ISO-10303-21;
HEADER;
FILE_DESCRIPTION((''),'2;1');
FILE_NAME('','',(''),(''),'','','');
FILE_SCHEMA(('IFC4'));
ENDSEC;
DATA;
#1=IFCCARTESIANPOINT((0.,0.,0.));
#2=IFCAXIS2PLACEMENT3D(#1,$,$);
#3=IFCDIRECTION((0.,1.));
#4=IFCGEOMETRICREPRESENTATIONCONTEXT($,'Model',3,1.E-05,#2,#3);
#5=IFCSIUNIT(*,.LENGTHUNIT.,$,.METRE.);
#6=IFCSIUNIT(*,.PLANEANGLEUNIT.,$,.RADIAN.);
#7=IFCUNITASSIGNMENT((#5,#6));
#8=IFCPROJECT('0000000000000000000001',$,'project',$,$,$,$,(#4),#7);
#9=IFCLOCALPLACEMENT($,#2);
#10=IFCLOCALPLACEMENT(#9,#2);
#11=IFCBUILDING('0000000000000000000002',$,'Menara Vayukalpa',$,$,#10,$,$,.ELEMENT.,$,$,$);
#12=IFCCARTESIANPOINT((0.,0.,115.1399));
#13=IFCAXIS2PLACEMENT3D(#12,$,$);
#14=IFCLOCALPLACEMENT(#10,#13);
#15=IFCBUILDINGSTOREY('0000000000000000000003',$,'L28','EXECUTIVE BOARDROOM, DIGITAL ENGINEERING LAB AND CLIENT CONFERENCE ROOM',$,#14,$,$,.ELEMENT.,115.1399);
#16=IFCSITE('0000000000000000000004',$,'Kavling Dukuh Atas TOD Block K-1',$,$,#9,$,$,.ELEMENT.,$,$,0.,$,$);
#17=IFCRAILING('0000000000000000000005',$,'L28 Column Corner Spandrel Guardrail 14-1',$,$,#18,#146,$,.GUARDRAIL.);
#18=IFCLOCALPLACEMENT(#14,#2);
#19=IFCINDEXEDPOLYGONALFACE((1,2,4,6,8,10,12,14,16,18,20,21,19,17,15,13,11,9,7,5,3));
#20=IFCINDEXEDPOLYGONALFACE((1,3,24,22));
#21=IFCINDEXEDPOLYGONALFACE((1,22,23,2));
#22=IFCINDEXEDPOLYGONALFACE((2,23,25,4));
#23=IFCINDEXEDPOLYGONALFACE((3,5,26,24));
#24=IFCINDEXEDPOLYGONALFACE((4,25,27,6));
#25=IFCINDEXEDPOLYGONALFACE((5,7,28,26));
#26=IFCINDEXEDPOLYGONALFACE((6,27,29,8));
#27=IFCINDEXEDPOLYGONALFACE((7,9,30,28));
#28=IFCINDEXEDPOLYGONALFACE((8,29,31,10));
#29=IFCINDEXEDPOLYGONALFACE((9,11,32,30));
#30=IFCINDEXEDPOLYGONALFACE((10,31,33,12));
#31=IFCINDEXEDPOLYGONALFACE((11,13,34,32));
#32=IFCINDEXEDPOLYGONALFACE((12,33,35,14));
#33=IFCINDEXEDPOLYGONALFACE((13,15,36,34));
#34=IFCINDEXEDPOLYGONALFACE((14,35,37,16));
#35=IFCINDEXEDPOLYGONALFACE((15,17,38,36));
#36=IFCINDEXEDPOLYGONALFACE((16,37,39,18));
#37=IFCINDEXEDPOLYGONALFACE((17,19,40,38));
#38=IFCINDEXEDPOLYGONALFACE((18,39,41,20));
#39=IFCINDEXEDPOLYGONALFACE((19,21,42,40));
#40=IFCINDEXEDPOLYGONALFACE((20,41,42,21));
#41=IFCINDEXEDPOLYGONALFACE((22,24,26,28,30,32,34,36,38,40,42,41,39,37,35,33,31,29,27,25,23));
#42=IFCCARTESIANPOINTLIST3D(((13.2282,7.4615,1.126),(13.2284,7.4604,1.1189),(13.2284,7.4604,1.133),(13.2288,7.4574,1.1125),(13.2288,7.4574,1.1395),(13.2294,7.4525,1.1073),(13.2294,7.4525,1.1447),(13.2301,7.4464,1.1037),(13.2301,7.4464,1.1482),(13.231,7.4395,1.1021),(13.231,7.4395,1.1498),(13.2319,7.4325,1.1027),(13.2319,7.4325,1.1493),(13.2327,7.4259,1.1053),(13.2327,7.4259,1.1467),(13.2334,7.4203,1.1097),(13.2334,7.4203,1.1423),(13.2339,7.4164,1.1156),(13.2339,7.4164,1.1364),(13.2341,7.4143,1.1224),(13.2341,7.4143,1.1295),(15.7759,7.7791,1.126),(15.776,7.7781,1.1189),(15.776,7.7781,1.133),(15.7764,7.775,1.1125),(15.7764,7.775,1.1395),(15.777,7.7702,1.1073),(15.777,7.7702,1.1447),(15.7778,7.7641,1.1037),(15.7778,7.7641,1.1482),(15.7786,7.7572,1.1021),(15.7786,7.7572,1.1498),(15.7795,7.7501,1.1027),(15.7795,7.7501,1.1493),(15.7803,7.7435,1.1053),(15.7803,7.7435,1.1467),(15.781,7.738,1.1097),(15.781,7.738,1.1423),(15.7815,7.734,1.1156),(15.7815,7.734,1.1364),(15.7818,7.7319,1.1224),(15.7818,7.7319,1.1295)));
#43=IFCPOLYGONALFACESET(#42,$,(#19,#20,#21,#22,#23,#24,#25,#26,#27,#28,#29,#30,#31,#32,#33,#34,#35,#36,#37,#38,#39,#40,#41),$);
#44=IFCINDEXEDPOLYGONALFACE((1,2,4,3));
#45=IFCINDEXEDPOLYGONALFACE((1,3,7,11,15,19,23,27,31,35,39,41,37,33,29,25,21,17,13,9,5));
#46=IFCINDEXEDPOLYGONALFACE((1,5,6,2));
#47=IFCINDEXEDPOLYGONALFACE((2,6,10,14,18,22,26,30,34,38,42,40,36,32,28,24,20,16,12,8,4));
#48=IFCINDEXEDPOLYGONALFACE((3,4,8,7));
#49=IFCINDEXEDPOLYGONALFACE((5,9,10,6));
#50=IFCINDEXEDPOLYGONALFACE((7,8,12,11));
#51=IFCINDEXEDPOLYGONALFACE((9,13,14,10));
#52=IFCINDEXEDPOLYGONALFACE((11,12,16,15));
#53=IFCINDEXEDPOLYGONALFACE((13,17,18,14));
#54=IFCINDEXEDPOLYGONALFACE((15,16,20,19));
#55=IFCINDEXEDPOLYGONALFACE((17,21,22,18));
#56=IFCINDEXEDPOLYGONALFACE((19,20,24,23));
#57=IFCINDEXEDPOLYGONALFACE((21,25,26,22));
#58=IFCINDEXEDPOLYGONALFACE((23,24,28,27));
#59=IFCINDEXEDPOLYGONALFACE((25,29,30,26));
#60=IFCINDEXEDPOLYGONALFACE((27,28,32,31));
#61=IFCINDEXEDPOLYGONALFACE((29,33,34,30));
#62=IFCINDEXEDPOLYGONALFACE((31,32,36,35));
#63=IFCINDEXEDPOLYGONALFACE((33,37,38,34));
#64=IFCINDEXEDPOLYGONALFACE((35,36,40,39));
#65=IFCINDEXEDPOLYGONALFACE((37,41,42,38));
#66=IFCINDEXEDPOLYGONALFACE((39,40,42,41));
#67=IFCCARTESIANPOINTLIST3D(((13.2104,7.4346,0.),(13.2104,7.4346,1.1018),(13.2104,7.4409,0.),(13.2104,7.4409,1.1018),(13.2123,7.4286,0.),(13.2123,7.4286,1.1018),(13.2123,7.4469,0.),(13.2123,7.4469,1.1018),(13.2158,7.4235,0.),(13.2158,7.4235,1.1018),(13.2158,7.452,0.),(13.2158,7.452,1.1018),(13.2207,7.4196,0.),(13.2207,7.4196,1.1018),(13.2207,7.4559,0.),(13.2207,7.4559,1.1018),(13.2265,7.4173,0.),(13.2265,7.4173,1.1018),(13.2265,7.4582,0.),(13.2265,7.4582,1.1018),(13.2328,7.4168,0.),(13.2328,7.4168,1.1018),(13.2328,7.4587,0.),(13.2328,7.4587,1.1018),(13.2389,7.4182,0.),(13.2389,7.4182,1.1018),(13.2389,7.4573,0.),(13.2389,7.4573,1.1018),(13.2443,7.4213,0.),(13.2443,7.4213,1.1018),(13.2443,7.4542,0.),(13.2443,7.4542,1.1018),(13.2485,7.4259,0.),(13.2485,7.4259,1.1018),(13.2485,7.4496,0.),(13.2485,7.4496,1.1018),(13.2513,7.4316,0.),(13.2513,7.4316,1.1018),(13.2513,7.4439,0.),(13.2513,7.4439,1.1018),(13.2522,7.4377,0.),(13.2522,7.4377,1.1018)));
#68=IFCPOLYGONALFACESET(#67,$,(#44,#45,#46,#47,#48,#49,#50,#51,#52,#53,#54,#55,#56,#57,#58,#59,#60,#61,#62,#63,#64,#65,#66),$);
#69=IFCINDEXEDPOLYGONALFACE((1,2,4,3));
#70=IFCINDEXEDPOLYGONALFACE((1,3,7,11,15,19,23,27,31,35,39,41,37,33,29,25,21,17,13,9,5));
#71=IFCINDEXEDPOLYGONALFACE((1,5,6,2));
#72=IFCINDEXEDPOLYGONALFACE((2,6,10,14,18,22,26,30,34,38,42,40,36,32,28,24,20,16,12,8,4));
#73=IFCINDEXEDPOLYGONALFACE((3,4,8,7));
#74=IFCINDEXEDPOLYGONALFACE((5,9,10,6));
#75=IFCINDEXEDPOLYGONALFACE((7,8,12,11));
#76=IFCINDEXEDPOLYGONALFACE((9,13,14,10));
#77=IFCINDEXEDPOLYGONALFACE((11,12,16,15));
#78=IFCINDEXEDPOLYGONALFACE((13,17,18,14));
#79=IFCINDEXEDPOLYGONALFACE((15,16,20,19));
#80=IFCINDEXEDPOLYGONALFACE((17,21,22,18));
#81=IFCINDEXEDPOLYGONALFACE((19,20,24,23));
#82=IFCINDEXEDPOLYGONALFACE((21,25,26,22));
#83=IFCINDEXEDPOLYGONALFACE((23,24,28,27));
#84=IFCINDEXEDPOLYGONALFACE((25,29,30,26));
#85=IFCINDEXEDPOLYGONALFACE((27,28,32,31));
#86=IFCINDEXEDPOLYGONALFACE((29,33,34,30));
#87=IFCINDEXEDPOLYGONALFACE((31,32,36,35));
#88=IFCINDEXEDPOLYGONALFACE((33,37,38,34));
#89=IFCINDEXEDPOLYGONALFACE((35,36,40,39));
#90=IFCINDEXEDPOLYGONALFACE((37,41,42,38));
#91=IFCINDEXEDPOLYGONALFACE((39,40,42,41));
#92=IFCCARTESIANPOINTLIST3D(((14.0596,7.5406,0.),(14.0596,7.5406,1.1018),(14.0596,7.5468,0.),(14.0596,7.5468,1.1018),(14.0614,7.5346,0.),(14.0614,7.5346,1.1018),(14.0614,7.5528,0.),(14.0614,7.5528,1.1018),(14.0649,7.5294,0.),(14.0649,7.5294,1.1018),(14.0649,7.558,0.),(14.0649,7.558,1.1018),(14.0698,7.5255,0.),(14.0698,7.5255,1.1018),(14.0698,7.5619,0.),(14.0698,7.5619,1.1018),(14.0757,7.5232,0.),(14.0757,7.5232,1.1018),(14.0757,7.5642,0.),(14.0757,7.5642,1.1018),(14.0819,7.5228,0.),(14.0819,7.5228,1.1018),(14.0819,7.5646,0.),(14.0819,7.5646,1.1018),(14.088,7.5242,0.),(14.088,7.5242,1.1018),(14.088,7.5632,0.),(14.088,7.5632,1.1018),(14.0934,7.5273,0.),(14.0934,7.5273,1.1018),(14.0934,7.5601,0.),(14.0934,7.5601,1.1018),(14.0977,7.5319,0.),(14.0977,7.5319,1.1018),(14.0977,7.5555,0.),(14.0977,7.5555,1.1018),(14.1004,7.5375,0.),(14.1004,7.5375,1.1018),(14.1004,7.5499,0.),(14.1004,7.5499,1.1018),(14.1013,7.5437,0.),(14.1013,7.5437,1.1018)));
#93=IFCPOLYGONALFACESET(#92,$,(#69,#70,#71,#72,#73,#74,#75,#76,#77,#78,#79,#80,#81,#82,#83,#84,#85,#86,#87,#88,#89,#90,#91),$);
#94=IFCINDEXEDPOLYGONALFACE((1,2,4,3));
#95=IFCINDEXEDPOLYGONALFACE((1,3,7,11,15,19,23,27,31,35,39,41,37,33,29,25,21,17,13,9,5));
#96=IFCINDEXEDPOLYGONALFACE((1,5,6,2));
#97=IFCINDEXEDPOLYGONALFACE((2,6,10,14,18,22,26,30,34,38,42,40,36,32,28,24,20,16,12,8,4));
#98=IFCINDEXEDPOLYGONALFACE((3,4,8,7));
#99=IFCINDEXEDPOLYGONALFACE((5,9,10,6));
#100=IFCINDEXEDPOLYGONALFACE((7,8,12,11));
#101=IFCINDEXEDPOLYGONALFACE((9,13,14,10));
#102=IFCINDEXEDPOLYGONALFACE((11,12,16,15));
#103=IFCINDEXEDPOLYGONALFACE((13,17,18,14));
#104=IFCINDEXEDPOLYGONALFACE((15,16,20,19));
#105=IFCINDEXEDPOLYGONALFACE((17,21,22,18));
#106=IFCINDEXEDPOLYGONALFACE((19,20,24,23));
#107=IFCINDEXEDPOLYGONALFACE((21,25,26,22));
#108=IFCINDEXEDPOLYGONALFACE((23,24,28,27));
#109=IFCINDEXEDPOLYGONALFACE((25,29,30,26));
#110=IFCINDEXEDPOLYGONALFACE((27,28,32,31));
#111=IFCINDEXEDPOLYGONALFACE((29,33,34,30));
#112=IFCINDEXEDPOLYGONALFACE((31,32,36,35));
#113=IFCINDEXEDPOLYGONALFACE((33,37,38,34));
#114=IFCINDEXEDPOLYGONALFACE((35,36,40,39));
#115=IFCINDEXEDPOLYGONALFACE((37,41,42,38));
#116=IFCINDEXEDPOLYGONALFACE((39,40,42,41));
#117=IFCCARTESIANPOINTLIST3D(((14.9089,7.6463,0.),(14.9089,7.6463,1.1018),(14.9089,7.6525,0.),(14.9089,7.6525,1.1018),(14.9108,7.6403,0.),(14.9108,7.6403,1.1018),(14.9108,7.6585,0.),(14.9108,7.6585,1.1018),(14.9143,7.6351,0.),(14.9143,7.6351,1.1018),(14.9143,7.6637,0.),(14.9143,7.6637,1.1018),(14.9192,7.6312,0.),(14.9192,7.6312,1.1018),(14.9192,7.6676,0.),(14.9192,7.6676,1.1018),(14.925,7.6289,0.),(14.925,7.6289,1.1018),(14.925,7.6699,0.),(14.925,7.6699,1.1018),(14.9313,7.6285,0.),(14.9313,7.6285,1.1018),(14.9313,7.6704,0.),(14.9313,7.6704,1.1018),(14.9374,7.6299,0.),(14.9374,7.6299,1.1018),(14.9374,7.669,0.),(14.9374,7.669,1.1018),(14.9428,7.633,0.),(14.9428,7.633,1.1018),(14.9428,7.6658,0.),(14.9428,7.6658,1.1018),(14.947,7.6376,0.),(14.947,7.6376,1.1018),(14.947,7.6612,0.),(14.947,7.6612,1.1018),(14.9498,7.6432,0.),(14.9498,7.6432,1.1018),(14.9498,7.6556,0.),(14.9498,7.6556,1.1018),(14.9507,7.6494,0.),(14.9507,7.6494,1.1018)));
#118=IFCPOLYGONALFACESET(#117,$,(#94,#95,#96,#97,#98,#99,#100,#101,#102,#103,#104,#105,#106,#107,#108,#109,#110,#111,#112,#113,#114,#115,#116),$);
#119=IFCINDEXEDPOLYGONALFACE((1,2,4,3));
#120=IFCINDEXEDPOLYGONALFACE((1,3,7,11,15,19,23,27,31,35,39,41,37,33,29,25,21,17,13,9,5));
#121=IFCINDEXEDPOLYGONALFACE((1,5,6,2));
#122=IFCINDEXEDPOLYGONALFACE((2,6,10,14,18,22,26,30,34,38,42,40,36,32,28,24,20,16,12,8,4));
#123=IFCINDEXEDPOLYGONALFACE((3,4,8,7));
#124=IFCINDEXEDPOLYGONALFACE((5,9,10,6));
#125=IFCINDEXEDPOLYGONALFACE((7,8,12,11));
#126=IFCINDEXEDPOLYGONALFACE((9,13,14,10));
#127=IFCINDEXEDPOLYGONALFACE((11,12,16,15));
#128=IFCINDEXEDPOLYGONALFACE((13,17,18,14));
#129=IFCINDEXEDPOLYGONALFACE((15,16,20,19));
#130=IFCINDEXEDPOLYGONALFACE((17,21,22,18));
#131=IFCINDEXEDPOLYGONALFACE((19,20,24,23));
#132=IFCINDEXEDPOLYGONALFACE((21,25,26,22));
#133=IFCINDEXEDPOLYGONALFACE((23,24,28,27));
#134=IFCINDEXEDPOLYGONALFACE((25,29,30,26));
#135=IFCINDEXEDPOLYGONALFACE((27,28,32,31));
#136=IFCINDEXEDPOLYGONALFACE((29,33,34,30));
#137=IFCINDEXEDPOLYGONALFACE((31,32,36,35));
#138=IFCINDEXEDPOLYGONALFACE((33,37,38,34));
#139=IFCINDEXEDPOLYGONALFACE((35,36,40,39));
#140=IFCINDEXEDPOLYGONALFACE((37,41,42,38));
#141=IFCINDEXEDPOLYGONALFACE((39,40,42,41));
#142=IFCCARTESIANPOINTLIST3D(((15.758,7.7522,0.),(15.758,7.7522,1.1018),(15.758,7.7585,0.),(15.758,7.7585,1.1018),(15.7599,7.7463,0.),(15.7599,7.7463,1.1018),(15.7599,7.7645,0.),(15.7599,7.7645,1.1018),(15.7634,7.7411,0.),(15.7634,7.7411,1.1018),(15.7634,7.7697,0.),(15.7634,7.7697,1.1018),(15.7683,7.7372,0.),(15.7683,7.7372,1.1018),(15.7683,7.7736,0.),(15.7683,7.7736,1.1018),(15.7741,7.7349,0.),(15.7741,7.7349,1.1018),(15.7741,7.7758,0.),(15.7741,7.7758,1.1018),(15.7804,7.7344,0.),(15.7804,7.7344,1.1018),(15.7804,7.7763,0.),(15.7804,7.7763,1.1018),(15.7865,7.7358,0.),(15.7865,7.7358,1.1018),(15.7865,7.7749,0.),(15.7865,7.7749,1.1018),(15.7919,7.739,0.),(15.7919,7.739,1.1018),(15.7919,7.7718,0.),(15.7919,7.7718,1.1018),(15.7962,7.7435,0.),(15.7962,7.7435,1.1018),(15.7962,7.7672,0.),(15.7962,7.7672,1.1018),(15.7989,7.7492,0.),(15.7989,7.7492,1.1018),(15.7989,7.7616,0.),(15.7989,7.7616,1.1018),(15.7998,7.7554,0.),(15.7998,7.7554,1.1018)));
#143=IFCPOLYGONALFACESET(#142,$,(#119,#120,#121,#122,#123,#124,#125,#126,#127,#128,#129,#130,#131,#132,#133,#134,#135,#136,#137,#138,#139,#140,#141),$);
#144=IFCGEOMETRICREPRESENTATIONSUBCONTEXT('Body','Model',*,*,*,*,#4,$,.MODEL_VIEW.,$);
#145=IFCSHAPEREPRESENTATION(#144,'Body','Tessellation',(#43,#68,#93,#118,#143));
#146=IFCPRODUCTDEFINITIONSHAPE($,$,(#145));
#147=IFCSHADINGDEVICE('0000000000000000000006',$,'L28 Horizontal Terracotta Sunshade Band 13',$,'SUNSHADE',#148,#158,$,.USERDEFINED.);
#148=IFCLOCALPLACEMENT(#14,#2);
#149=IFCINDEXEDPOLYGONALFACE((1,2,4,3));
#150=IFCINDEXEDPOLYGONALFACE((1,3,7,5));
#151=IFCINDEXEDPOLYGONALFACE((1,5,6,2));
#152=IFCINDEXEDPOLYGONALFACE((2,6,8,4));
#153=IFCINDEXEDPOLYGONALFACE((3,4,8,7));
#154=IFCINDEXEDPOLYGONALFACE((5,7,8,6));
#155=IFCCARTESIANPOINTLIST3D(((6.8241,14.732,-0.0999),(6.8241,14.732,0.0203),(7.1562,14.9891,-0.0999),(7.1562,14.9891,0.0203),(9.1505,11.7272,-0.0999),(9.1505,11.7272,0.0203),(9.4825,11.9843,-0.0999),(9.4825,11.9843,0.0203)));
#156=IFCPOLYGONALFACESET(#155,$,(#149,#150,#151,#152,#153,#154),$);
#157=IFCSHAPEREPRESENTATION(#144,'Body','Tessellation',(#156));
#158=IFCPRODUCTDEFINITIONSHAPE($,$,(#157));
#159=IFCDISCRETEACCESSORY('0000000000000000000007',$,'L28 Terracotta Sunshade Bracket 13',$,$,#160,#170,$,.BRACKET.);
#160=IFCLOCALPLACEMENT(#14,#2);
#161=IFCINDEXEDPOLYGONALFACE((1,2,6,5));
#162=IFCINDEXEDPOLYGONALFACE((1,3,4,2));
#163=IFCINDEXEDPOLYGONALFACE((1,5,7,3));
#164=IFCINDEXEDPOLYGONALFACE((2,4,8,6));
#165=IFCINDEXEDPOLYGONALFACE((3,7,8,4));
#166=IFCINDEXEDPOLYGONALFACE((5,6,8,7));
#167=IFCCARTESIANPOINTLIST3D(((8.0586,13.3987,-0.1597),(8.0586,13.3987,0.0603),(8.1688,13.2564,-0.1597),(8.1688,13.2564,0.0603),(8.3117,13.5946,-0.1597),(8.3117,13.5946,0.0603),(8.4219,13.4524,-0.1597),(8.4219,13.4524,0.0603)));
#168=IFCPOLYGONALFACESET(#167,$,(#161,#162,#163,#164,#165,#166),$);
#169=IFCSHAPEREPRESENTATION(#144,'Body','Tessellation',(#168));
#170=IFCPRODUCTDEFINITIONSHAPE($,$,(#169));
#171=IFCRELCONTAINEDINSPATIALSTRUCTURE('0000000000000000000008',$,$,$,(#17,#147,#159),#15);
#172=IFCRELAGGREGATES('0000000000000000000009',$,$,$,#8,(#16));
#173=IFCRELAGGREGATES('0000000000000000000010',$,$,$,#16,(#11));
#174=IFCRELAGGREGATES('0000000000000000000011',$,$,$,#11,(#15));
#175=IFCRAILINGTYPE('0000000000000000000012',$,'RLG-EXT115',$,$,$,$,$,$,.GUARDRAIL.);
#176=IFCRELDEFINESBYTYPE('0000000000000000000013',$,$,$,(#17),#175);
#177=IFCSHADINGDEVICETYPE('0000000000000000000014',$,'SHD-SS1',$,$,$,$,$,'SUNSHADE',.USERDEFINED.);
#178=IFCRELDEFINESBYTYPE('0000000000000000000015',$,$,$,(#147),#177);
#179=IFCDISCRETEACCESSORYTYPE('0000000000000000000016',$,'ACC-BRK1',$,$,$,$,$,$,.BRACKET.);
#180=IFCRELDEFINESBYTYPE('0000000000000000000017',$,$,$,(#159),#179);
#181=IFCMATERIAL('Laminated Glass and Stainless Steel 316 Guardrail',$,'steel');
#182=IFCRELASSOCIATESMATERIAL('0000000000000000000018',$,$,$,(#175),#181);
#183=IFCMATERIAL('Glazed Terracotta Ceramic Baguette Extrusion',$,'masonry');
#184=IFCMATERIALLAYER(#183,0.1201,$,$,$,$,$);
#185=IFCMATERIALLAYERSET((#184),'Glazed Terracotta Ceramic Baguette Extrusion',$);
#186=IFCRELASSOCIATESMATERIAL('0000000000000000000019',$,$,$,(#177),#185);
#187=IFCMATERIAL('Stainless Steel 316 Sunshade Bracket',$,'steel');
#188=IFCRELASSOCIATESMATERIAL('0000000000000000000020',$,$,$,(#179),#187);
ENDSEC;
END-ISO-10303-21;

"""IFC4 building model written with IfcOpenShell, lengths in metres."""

from ifc_helpers import new_model, si_unit, direction, frame, origin, origin_2d, place, context, subcontext, project, spatial, rectangle, circle, extrude, material, layer, layer_set, type_object, element, save


model = new_model("IFC4")

# Units and contexts
model_context = context("Model", 3, precision=1e-05, world=origin(), true_north=direction((0.0, 1.0)))
body_context = subcontext(model_context, "Body", "Model", "MODEL_VIEW")
ifc_project = project(units=[si_unit("LENGTHUNIT", "METRE"), si_unit("PLANEANGLEUNIT", "RADIAN")], contexts=[model_context])

# Site, building, storey
site_placement = place(None, origin())
site = spatial("IfcSite", under=ifc_project, at=site_placement, Name="Kavling Dukuh Atas TOD Block K-1", CompositionType="ELEMENT", RefElevation=0.0)
building_placement = place(site_placement, origin())
building = spatial("IfcBuilding", under=site, at=building_placement, Name="Menara Vayukalpa", CompositionType="ELEMENT")
storey_placement = place(building_placement, frame((0.0, 0.0, 115.1399)))
storey = spatial("IfcBuildingStorey", under=building, at=storey_placement, Name="L28", Description="EXECUTIVE BOARDROOM, DIGITAL ENGINEERING LAB AND CLIENT CONFERENCE ROOM", CompositionType="ELEMENT", Elevation=115.1399)

# Railing
ifc_material_1 = material(Name="Laminated Glass and Stainless Steel 316 Guardrail", Category="steel")
railing_type = type_object("IfcRailingType", Name="RLG-EXT115", PredefinedType="GUARDRAIL", material=ifc_material_1)
railing_placement = place(storey_placement, frame((13.2312, 7.4377, 0.0)))
element("IfcRailing", 1, at=railing_placement, inside=storey, type_object=railing_type, Name="L28 Column Corner Spandrel Guardrail 14-1", PredefinedType="GUARDRAIL", context=body_context, shape_type="SweptSolid", body=[
    extrude(circle(Radius=0.0239, at=origin_2d()), frame((0.0, 0.0, 1.126), z_axis=(0.992317, 0.123719, 0.0), x_axis=(-0.123719, 0.992317, 0.0)), (0.0, 0.0, 1.0), 2.5674),
    extrude(circle(Radius=0.021, at=origin_2d()), origin(), (0.0, 0.0, 1.0), 1.1018),
    extrude(circle(Radius=0.021, at=origin_2d()), frame((0.8491, 0.106, 0.0)), (0.0, 0.0, 1.0), 1.1018),
    extrude(circle(Radius=0.021, at=origin_2d()), frame((1.6985, 0.2117, 0.0)), (0.0, 0.0, 1.0), 1.1018),
    extrude(circle(Radius=0.021, at=origin_2d()), frame((2.5476, 0.3176, 0.0)), (0.0, 0.0, 1.0), 1.1018),
])

# Shading device
ifc_material_2 = material(Name="Glazed Terracotta Ceramic Baguette Extrusion", Category="masonry")
ifc_layer_1 = layer(ifc_material_2, 0.1201)
ifc_layer_set_1 = layer_set([ifc_layer_1], Name="Glazed Terracotta Ceramic Baguette Extrusion")
shading_device_type = type_object("IfcShadingDeviceType", Name="SHD-SS1", ElementType="SUNSHADE", PredefinedType="USERDEFINED", material=ifc_layer_set_1)
shading_device_placement = place(storey_placement, frame((8.1533, 13.3582, -0.0999), z_axis=(0.0, 0.0, 1.0), x_axis=(0.61219, -0.790711, 0.0)))
element("IfcShadingDevice", 2, at=shading_device_placement, inside=storey, type_object=shading_device_type, Name="L28 Horizontal Terracotta Sunshade Band 13", ObjectType="SUNSHADE", PredefinedType="USERDEFINED", context=body_context, shape_type="SweptSolid", body=[
    extrude(rectangle(XDim=3.8, YDim=0.4199, at=origin_2d()), origin(), (0.0, 0.0, 1.0), 0.1201),
])

# Discrete accessory
ifc_material_3 = material(Name="Stainless Steel 316 Sunshade Bracket", Category="steel")
discrete_accessory_type = type_object("IfcDiscreteAccessoryType", Name="ACC-BRK1", PredefinedType="BRACKET", material=ifc_material_3)
discrete_accessory_placement = place(storey_placement, frame((8.2402, 13.4255, -0.1597), z_axis=(0.0, 0.0, 1.0), x_axis=(0.61219, -0.790711, 0.0)))
element("IfcDiscreteAccessory", 3, at=discrete_accessory_placement, inside=storey, type_object=discrete_accessory_type, Name="L28 Terracotta Sunshade Bracket 13", PredefinedType="BRACKET", context=body_context, shape_type="SweptSolid", body=[
    extrude(rectangle(XDim=0.1799, YDim=0.3201, at=origin_2d()), origin(), (0.0, 0.0, 1.0), 0.22),
])

save(model, "model.ifc")
